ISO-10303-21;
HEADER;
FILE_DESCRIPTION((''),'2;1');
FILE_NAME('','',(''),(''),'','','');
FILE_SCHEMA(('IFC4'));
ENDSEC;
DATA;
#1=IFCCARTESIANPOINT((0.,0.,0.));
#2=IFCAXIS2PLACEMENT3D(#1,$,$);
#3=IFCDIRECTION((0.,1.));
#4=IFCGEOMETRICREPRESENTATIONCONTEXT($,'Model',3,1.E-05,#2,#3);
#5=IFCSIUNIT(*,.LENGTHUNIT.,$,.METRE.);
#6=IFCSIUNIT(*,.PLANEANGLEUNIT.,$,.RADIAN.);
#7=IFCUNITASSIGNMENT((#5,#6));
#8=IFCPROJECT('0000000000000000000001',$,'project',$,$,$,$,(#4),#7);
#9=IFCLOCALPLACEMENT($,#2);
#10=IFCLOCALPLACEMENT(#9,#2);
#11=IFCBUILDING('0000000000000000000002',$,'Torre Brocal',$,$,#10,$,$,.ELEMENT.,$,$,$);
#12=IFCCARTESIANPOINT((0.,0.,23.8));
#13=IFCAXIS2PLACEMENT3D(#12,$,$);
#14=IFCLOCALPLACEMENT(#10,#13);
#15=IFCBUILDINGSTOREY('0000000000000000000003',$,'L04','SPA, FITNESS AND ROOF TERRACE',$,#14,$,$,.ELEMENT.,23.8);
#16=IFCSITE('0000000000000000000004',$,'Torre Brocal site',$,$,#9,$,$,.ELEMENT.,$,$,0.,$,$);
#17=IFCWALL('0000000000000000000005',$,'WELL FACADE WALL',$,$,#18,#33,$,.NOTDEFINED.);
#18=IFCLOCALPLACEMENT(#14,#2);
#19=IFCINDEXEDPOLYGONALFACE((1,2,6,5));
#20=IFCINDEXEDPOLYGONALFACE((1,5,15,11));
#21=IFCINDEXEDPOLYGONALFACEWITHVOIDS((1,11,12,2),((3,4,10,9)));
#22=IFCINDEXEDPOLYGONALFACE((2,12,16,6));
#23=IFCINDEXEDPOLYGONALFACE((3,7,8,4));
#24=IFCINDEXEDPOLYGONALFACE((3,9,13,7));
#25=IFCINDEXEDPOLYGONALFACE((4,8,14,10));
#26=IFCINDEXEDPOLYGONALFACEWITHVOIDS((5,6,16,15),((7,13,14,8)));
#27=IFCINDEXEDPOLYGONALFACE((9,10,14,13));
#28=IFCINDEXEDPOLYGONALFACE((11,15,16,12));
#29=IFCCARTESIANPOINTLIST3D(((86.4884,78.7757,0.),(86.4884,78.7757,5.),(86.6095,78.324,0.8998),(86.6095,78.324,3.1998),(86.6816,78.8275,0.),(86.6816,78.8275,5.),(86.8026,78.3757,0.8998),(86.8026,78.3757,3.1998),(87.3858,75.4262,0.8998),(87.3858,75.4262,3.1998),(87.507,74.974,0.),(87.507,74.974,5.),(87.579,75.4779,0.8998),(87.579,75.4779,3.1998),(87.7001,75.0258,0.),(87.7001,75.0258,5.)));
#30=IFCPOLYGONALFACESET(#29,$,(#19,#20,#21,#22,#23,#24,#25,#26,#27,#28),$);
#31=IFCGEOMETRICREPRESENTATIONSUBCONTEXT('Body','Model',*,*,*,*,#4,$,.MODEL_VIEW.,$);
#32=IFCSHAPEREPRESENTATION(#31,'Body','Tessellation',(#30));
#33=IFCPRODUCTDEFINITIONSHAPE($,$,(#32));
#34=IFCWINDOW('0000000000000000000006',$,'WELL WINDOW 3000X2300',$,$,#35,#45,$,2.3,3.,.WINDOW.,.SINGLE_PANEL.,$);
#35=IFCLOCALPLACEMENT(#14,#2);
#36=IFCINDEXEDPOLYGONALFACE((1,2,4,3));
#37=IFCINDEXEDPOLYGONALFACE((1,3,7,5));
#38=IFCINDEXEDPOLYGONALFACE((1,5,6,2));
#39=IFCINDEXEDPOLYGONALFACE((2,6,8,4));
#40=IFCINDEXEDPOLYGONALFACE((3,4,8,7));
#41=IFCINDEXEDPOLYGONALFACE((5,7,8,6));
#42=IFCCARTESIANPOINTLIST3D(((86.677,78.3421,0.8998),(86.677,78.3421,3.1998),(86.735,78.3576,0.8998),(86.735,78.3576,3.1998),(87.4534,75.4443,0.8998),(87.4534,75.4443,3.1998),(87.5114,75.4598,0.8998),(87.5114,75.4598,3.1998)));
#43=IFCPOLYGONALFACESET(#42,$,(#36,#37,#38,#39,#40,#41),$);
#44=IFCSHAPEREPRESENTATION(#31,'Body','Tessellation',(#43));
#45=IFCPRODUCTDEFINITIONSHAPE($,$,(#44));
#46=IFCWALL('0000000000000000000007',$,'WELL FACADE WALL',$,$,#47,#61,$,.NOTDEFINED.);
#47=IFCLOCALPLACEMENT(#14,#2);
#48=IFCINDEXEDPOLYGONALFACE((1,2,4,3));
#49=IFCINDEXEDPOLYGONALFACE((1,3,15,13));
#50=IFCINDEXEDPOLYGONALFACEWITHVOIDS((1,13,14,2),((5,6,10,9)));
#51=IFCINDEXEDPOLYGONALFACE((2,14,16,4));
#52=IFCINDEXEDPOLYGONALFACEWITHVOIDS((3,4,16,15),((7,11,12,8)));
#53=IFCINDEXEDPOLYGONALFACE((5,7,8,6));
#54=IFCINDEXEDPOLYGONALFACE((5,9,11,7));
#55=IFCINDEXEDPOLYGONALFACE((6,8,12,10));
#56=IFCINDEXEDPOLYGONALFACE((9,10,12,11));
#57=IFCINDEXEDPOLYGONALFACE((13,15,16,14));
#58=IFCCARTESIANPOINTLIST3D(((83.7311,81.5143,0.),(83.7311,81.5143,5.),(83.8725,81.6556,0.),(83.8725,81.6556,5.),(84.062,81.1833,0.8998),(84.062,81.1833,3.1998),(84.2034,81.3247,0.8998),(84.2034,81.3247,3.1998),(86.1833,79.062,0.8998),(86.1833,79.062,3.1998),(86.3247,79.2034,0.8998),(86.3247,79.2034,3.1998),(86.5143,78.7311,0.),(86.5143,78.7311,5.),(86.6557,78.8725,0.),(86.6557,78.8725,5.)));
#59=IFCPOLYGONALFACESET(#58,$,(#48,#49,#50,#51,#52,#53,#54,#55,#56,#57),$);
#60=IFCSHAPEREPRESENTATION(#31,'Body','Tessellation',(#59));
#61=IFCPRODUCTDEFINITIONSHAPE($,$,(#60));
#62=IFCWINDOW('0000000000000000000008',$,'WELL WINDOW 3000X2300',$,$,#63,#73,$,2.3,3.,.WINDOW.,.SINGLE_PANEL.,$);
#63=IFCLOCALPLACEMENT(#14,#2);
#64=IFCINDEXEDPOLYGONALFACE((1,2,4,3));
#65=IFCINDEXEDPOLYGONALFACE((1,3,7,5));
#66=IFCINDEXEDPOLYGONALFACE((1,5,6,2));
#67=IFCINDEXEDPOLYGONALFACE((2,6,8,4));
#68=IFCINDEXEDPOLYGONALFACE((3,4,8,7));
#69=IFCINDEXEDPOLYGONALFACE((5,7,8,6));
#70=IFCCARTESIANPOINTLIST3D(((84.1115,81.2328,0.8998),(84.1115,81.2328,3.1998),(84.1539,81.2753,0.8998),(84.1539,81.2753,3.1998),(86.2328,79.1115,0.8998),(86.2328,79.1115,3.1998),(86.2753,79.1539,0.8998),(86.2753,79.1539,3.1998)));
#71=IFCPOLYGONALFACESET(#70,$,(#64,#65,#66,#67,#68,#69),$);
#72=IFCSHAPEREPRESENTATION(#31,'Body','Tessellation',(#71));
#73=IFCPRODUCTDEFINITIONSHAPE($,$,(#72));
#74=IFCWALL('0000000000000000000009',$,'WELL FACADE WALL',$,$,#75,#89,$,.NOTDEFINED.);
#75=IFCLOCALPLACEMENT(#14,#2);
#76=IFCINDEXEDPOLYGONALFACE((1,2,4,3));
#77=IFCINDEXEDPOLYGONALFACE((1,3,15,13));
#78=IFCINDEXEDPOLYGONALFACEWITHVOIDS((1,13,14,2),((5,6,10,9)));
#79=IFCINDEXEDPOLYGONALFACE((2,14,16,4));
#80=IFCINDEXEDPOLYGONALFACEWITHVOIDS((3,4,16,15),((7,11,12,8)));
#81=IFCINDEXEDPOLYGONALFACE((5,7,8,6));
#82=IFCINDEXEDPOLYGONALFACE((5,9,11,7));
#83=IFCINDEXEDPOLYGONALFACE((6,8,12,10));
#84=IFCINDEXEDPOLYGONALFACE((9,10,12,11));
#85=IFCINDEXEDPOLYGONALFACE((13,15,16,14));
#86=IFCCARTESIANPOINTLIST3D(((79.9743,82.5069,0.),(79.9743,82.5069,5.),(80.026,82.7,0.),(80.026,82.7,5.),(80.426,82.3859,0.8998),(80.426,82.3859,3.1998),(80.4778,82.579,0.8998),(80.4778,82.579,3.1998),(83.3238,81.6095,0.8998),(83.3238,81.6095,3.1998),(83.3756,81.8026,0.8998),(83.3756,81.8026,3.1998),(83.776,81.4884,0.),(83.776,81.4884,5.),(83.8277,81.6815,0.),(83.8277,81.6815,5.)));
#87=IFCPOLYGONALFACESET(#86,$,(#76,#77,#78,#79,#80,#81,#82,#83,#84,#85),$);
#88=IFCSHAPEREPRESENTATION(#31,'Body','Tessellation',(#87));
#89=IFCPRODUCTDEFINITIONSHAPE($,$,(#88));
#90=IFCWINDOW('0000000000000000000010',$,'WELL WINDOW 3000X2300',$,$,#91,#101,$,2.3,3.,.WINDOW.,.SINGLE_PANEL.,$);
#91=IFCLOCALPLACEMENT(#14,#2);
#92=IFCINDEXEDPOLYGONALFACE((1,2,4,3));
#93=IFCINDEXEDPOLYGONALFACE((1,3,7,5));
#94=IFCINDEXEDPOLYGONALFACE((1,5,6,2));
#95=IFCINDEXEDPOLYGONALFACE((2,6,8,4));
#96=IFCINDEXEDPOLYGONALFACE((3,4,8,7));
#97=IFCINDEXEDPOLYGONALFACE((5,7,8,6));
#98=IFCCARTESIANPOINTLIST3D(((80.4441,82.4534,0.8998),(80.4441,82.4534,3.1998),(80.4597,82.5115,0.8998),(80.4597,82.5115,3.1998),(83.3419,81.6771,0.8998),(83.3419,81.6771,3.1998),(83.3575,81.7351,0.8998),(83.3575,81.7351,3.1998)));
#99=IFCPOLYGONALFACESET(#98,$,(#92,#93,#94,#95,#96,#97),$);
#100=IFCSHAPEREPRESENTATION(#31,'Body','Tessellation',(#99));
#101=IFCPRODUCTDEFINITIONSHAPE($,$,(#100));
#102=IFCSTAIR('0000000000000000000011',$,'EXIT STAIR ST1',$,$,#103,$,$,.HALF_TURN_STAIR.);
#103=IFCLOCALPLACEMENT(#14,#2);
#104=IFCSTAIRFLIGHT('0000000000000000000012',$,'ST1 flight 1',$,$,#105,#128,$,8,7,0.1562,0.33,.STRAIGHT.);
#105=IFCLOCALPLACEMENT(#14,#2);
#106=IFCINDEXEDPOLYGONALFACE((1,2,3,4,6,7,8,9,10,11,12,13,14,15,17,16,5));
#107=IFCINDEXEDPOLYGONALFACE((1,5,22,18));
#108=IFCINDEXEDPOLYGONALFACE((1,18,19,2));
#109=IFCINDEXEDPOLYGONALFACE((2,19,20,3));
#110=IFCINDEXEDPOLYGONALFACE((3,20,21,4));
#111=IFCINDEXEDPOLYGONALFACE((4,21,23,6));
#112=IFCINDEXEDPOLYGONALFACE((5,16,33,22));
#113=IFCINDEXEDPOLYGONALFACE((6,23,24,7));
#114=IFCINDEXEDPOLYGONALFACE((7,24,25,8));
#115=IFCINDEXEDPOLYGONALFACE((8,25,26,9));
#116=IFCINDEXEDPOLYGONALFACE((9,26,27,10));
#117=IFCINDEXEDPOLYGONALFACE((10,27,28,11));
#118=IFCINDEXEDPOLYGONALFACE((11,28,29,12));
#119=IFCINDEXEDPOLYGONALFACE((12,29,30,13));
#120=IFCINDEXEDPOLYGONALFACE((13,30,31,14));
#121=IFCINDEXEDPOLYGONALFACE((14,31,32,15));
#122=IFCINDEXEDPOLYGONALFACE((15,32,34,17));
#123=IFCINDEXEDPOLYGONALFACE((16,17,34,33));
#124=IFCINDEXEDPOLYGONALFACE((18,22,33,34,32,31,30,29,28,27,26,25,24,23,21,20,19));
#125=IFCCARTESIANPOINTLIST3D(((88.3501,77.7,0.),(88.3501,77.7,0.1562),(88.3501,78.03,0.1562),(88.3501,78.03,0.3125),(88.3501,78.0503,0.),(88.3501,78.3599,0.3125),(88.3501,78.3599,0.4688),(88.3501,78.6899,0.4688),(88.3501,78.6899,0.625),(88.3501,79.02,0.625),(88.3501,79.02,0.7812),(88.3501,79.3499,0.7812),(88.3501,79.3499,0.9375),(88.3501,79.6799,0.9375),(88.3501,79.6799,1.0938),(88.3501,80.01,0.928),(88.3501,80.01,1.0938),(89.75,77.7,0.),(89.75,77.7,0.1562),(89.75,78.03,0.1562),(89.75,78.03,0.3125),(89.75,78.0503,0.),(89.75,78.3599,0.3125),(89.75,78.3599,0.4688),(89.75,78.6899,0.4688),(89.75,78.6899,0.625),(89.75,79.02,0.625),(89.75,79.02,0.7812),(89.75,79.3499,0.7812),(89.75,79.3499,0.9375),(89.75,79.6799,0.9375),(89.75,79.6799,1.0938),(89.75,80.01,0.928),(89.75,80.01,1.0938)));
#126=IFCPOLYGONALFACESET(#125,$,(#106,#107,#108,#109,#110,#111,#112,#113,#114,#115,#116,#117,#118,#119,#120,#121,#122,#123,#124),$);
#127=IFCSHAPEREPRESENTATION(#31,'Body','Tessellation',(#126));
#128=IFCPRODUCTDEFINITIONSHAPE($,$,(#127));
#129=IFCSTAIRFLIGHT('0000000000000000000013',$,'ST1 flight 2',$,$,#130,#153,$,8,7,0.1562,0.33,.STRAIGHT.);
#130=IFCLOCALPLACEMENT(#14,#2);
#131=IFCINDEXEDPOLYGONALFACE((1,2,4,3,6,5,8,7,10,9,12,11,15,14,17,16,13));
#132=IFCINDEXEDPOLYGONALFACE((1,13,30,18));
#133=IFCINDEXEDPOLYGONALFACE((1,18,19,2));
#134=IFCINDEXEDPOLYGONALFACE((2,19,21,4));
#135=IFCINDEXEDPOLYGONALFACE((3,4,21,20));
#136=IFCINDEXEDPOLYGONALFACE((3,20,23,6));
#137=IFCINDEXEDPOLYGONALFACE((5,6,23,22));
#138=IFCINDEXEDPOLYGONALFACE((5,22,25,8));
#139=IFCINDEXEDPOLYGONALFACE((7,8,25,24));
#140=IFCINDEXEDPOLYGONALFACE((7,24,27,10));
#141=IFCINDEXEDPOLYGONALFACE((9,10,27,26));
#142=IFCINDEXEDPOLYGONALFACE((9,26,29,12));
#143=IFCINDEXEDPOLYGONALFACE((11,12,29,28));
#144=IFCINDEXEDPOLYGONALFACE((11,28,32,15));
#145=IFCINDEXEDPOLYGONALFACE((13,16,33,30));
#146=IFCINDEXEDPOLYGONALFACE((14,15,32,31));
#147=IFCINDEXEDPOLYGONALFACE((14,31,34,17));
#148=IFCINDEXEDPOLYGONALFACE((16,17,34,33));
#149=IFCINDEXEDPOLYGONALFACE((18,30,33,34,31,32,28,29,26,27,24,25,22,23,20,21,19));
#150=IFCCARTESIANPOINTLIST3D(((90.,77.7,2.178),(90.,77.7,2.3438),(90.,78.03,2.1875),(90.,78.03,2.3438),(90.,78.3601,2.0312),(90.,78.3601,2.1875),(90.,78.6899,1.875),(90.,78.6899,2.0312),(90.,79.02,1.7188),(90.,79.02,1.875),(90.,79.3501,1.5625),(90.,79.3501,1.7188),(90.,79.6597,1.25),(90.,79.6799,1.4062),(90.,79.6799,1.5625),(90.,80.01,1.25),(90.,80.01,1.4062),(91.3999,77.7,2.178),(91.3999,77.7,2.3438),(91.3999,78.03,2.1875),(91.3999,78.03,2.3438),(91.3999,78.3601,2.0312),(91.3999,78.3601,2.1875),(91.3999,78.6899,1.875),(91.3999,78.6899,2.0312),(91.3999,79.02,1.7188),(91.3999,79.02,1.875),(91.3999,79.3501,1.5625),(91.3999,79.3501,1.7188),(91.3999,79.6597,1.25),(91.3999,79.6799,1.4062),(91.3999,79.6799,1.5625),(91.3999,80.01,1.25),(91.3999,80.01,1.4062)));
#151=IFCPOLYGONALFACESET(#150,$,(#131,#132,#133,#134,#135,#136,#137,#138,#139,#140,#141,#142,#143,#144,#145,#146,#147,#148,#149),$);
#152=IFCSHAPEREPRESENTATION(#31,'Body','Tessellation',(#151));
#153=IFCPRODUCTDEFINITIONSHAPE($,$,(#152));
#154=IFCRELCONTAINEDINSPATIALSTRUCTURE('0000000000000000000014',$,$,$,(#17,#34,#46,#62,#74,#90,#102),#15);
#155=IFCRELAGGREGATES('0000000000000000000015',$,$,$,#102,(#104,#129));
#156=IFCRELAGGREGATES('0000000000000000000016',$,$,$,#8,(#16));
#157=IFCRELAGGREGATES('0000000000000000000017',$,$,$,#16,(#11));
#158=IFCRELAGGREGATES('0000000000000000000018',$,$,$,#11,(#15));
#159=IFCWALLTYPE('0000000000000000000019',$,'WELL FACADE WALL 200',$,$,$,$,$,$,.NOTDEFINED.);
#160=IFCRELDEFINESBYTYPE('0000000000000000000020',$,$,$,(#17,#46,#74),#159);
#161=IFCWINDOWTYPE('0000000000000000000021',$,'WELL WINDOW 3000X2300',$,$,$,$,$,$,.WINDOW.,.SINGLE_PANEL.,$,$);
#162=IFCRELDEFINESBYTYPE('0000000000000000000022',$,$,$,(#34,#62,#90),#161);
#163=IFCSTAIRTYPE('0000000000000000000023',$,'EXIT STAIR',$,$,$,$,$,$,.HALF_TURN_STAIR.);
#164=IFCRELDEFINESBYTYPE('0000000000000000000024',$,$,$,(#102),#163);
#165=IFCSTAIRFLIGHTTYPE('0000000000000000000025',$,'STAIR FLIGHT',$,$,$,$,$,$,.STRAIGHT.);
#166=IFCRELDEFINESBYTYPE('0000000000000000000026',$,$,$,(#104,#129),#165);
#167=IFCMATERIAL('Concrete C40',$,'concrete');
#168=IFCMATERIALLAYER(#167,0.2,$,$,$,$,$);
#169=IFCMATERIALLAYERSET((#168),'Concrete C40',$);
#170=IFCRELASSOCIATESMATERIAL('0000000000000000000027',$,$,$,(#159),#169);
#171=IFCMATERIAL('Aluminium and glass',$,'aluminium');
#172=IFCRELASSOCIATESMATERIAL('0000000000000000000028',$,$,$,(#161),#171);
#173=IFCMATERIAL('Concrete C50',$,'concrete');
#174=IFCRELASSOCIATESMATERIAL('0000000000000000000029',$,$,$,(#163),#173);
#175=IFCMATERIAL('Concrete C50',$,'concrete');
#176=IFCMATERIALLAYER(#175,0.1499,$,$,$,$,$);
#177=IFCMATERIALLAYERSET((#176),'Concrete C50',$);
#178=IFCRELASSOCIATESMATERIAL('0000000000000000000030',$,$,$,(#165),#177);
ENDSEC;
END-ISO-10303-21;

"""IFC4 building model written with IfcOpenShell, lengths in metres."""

from ifc_helpers import new_model, si_unit, direction, frame, frame_2d, origin, place, context, subcontext, project, spatial, polyline, rectangle, outline, extrude, material, layer, layer_set, type_object, element, fill, aggregate, save


model = new_model("IFC4")

# Units and contexts
model_context = context("Model", 3, precision=1e-05, world=origin(), true_north=direction((0.0, 1.0)))
body_context = subcontext(model_context, "Body", "Model", "MODEL_VIEW")
ifc_project = project(units=[si_unit("LENGTHUNIT", "METRE"), si_unit("PLANEANGLEUNIT", "RADIAN")], contexts=[model_context])

# Site, building, storey
site_placement = place(None, origin())
site = spatial("IfcSite", under=ifc_project, at=site_placement, Name="Torre Brocal site", CompositionType="ELEMENT", RefElevation=0.0)
building_placement = place(site_placement, origin())
building = spatial("IfcBuilding", under=site, at=building_placement, Name="Torre Brocal", CompositionType="ELEMENT")
storey_placement = place(building_placement, frame((0.0, 0.0, 23.8)))
storey = spatial("IfcBuildingStorey", under=building, at=storey_placement, Name="L04", Description="SPA, FITNESS AND ROOF TERRACE", CompositionType="ELEMENT", Elevation=23.8)

# Walls, openings, windows
ifc_material_1 = material(Name="Concrete C40", Category="concrete")
ifc_layer_1 = layer(ifc_material_1, 0.2)
ifc_layer_set_1 = layer_set([ifc_layer_1], Name="Concrete C40")
wall_type_1 = type_object("IfcWallType", Name="WELL FACADE WALL 200", PredefinedType="NOTDEFINED", material=ifc_layer_set_1)
wall_1_placement = place(storey_placement, frame((87.6035, 75.0, 0.0), z_axis=(0.0, 0.0, 1.0), x_axis=(-0.25879, 0.965934, 0.0)))
wall_1 = element("IfcWall", 1, at=wall_1_placement, inside=storey, type_object=wall_type_1, Name="WELL FACADE WALL", PredefinedType="NOTDEFINED", context=body_context, shape_type="SweptSolid", body=[
    extrude(rectangle(XDim=3.9358, YDim=0.2, at=frame_2d((1.9678, 0.0))), origin(), (0.0, 0.0, 1.0), 5.0),
])
opening_1_placement = place(wall_1_placement, frame((0.468, 0.0, 0.8999)))
opening_1 = element("IfcOpeningElement", 2, at=opening_1_placement, cuts=wall_1, PredefinedType="OPENING", context=body_context, shape_type="SweptSolid", body=[
    extrude(rectangle(XDim=3.0, YDim=2.3, at=frame_2d((1.5, 1.1499))), frame((0.0, 0.1099, 0.0), z_axis=(0.0, -1.0, 0.0), x_axis=(1.0, 0.0, 0.0)), (0.0, 0.0, 1.0), 0.22),
])
ifc_material_2 = material(Name="Aluminium and glass", Category="aluminium")
window_type = type_object("IfcWindowType", Name="WELL WINDOW 3000X2300", PartitioningType="SINGLE_PANEL", PredefinedType="WINDOW", material=ifc_material_2)
window_1_placement = place(opening_1_placement, origin())
window_1 = element("IfcWindow", 3, at=window_1_placement, inside=storey, type_object=window_type, Name="WELL WINDOW 3000X2300", OverallHeight=2.3, OverallWidth=3.0, PartitioningType="SINGLE_PANEL", PredefinedType="WINDOW", context=body_context, shape_type="SweptSolid", body=[
    extrude(rectangle(XDim=3.0, YDim=2.3, at=frame_2d((1.5, 1.1499))), frame((0.0, 0.03, 0.0), z_axis=(0.0, -1.0, 0.0), x_axis=(1.0, 0.0, 0.0)), (0.0, 0.0, 1.0), 0.0601),
])
fill(opening_1, window_1)
wall_2_placement = place(storey_placement, frame((86.585, 78.8018, 0.0), z_axis=(0.0, 0.0, 1.0), x_axis=(-0.707107, 0.707107, 0.0)))
wall_2 = element("IfcWall", 4, at=wall_2_placement, inside=storey, type_object=wall_type_1, Name="WELL FACADE WALL", PredefinedType="NOTDEFINED", context=body_context, shape_type="SweptSolid", body=[
    extrude(rectangle(XDim=3.936, YDim=0.2, at=frame_2d((1.968, 0.0))), origin(), (0.0, 0.0, 1.0), 5.0),
])
opening_2_placement = place(wall_2_placement, frame((0.468, 0.0, 0.8999)))
opening_2 = element("IfcOpeningElement", 5, at=opening_2_placement, cuts=wall_2, PredefinedType="OPENING", context=body_context, shape_type="SweptSolid", body=[
    extrude(rectangle(XDim=3.0, YDim=2.3, at=frame_2d((1.5, 1.1499))), frame((0.0, 0.1099, 0.0), z_axis=(0.0, -1.0, 0.0), x_axis=(1.0, 0.0, 0.0)), (0.0, 0.0, 1.0), 0.22),
])
window_2_placement = place(opening_2_placement, origin())
window_2 = element("IfcWindow", 6, at=window_2_placement, inside=storey, type_object=window_type, Name="WELL WINDOW 3000X2300", OverallHeight=2.3, OverallWidth=3.0, PartitioningType="SINGLE_PANEL", PredefinedType="WINDOW", context=body_context, shape_type="SweptSolid", body=[
    extrude(rectangle(XDim=3.0, YDim=2.3, at=frame_2d((1.5, 1.1499))), frame((0.0, 0.03, 0.0), z_axis=(0.0, -1.0, 0.0), x_axis=(1.0, 0.0, 0.0)), (0.0, 0.0, 1.0), 0.0601),
])
fill(opening_2, window_2)
wall_3_placement = place(storey_placement, frame((83.8018, 81.585, 0.0), z_axis=(0.0, 0.0, 1.0), x_axis=(-0.965934, 0.25879, 0.0)))
wall_3 = element("IfcWall", 7, at=wall_3_placement, inside=storey, type_object=wall_type_1, Name="WELL FACADE WALL", PredefinedType="NOTDEFINED", context=body_context, shape_type="SweptSolid", body=[
    extrude(rectangle(XDim=3.9358, YDim=0.2, at=frame_2d((1.9678, 0.0))), origin(), (0.0, 0.0, 1.0), 5.0),
])
opening_3_placement = place(wall_3_placement, frame((0.468, 0.0, 0.8999)))
opening_3 = element("IfcOpeningElement", 8, at=opening_3_placement, cuts=wall_3, PredefinedType="OPENING", context=body_context, shape_type="SweptSolid", body=[
    extrude(rectangle(XDim=3.0, YDim=2.3, at=frame_2d((1.5, 1.1499))), frame((0.0, 0.1099, 0.0), z_axis=(0.0, -1.0, 0.0), x_axis=(1.0, 0.0, 0.0)), (0.0, 0.0, 1.0), 0.22),
])
window_3_placement = place(opening_3_placement, origin())
window_3 = element("IfcWindow", 9, at=window_3_placement, inside=storey, type_object=window_type, Name="WELL WINDOW 3000X2300", OverallHeight=2.3, OverallWidth=3.0, PartitioningType="SINGLE_PANEL", PredefinedType="WINDOW", context=body_context, shape_type="SweptSolid", body=[
    extrude(rectangle(XDim=3.0, YDim=2.3, at=frame_2d((1.5, 1.1499))), frame((0.0, 0.03, 0.0), z_axis=(0.0, -1.0, 0.0), x_axis=(1.0, 0.0, 0.0)), (0.0, 0.0, 1.0), 0.0601),
])
fill(opening_3, window_3)

# Stair, stair flights
ifc_material_3 = material(Name="Concrete C50", Category="concrete")
stair_type = type_object("IfcStairType", Name="EXIT STAIR", PredefinedType="HALF_TURN_STAIR", material=ifc_material_3)
stair_placement = place(storey_placement, origin())
stair = element("IfcStair", 10, at=stair_placement, inside=storey, type_object=stair_type, Name="EXIT STAIR ST1", PredefinedType="HALF_TURN_STAIR")
ifc_material_4 = material(Name="Concrete C50", Category="concrete")
ifc_layer_2 = layer(ifc_material_4, 0.1499)
ifc_layer_set_2 = layer_set([ifc_layer_2], Name="Concrete C50")
stair_flight_type = type_object("IfcStairFlightType", Name="STAIR FLIGHT", PredefinedType="STRAIGHT", material=ifc_layer_set_2)
stair_flight_1_placement = place(storey_placement, frame((89.05, 77.7, 0.0), z_axis=(0.0, 0.0, 1.0), x_axis=(0.0, 1.0, 0.0)))
stair_flight_1 = element("IfcStairFlight", 11, at=stair_flight_1_placement, type_object=stair_flight_type, Name="ST1 flight 1", NumberOfRisers=8, NumberOfTreads=7, PredefinedType="STRAIGHT", RiserHeight=0.1562, TreadLength=0.33, context=body_context, shape_type="SweptSolid", body=[
    extrude(outline(polyline([(0.0, 0.0), (0.0, 0.1562), (0.3301, 0.1562), (0.3301, 0.3125), (0.6599, 0.3125), (0.6599, 0.4688), (0.99, 0.4688), (0.99, 0.625), (1.3201, 0.625), (1.3201, 0.7812), (1.6499, 0.7812), (1.6499, 0.9375), (1.98, 0.9375), (1.98, 1.0938), (2.3101, 1.0938), (2.3101, 1.25), (2.3101, 0.928), (0.3503, 0.0), (0.0, 0.0)])), frame((0.0, 0.7, 0.0), z_axis=(0.0, -1.0, 0.0), x_axis=(1.0, 0.0, 0.0)), (0.0, 0.0, 1.0), 1.3999),
])
stair_flight_2_placement = place(storey_placement, frame((90.7, 80.01, 1.25), z_axis=(0.0, 0.0, 1.0), x_axis=(0.0, -1.0, 0.0)))
stair_flight_2 = element("IfcStairFlight", 12, at=stair_flight_2_placement, type_object=stair_flight_type, Name="ST1 flight 2", NumberOfRisers=8, NumberOfTreads=7, PredefinedType="STRAIGHT", RiserHeight=0.1562, TreadLength=0.33, context=body_context, shape_type="SweptSolid", body=[
    extrude(outline(polyline([(0.0, 0.0), (0.0, 0.1562), (0.3301, 0.1562), (0.3301, 0.3125), (0.6599, 0.3125), (0.6599, 0.4688), (0.99, 0.4688), (0.99, 0.625), (1.3201, 0.625), (1.3201, 0.7812), (1.6499, 0.7812), (1.6499, 0.9375), (1.98, 0.9375), (1.98, 1.0938), (2.3101, 1.0938), (2.3101, 1.25), (2.3101, 0.928), (0.3503, 0.0), (0.0, 0.0)])), frame((0.0, 0.7, 0.0), z_axis=(0.0, -1.0, 0.0), x_axis=(1.0, 0.0, 0.0)), (0.0, 0.0, 1.0), 1.3999),
])
aggregate(stair, [stair_flight_1, stair_flight_2])

save(model, "model.ifc")
